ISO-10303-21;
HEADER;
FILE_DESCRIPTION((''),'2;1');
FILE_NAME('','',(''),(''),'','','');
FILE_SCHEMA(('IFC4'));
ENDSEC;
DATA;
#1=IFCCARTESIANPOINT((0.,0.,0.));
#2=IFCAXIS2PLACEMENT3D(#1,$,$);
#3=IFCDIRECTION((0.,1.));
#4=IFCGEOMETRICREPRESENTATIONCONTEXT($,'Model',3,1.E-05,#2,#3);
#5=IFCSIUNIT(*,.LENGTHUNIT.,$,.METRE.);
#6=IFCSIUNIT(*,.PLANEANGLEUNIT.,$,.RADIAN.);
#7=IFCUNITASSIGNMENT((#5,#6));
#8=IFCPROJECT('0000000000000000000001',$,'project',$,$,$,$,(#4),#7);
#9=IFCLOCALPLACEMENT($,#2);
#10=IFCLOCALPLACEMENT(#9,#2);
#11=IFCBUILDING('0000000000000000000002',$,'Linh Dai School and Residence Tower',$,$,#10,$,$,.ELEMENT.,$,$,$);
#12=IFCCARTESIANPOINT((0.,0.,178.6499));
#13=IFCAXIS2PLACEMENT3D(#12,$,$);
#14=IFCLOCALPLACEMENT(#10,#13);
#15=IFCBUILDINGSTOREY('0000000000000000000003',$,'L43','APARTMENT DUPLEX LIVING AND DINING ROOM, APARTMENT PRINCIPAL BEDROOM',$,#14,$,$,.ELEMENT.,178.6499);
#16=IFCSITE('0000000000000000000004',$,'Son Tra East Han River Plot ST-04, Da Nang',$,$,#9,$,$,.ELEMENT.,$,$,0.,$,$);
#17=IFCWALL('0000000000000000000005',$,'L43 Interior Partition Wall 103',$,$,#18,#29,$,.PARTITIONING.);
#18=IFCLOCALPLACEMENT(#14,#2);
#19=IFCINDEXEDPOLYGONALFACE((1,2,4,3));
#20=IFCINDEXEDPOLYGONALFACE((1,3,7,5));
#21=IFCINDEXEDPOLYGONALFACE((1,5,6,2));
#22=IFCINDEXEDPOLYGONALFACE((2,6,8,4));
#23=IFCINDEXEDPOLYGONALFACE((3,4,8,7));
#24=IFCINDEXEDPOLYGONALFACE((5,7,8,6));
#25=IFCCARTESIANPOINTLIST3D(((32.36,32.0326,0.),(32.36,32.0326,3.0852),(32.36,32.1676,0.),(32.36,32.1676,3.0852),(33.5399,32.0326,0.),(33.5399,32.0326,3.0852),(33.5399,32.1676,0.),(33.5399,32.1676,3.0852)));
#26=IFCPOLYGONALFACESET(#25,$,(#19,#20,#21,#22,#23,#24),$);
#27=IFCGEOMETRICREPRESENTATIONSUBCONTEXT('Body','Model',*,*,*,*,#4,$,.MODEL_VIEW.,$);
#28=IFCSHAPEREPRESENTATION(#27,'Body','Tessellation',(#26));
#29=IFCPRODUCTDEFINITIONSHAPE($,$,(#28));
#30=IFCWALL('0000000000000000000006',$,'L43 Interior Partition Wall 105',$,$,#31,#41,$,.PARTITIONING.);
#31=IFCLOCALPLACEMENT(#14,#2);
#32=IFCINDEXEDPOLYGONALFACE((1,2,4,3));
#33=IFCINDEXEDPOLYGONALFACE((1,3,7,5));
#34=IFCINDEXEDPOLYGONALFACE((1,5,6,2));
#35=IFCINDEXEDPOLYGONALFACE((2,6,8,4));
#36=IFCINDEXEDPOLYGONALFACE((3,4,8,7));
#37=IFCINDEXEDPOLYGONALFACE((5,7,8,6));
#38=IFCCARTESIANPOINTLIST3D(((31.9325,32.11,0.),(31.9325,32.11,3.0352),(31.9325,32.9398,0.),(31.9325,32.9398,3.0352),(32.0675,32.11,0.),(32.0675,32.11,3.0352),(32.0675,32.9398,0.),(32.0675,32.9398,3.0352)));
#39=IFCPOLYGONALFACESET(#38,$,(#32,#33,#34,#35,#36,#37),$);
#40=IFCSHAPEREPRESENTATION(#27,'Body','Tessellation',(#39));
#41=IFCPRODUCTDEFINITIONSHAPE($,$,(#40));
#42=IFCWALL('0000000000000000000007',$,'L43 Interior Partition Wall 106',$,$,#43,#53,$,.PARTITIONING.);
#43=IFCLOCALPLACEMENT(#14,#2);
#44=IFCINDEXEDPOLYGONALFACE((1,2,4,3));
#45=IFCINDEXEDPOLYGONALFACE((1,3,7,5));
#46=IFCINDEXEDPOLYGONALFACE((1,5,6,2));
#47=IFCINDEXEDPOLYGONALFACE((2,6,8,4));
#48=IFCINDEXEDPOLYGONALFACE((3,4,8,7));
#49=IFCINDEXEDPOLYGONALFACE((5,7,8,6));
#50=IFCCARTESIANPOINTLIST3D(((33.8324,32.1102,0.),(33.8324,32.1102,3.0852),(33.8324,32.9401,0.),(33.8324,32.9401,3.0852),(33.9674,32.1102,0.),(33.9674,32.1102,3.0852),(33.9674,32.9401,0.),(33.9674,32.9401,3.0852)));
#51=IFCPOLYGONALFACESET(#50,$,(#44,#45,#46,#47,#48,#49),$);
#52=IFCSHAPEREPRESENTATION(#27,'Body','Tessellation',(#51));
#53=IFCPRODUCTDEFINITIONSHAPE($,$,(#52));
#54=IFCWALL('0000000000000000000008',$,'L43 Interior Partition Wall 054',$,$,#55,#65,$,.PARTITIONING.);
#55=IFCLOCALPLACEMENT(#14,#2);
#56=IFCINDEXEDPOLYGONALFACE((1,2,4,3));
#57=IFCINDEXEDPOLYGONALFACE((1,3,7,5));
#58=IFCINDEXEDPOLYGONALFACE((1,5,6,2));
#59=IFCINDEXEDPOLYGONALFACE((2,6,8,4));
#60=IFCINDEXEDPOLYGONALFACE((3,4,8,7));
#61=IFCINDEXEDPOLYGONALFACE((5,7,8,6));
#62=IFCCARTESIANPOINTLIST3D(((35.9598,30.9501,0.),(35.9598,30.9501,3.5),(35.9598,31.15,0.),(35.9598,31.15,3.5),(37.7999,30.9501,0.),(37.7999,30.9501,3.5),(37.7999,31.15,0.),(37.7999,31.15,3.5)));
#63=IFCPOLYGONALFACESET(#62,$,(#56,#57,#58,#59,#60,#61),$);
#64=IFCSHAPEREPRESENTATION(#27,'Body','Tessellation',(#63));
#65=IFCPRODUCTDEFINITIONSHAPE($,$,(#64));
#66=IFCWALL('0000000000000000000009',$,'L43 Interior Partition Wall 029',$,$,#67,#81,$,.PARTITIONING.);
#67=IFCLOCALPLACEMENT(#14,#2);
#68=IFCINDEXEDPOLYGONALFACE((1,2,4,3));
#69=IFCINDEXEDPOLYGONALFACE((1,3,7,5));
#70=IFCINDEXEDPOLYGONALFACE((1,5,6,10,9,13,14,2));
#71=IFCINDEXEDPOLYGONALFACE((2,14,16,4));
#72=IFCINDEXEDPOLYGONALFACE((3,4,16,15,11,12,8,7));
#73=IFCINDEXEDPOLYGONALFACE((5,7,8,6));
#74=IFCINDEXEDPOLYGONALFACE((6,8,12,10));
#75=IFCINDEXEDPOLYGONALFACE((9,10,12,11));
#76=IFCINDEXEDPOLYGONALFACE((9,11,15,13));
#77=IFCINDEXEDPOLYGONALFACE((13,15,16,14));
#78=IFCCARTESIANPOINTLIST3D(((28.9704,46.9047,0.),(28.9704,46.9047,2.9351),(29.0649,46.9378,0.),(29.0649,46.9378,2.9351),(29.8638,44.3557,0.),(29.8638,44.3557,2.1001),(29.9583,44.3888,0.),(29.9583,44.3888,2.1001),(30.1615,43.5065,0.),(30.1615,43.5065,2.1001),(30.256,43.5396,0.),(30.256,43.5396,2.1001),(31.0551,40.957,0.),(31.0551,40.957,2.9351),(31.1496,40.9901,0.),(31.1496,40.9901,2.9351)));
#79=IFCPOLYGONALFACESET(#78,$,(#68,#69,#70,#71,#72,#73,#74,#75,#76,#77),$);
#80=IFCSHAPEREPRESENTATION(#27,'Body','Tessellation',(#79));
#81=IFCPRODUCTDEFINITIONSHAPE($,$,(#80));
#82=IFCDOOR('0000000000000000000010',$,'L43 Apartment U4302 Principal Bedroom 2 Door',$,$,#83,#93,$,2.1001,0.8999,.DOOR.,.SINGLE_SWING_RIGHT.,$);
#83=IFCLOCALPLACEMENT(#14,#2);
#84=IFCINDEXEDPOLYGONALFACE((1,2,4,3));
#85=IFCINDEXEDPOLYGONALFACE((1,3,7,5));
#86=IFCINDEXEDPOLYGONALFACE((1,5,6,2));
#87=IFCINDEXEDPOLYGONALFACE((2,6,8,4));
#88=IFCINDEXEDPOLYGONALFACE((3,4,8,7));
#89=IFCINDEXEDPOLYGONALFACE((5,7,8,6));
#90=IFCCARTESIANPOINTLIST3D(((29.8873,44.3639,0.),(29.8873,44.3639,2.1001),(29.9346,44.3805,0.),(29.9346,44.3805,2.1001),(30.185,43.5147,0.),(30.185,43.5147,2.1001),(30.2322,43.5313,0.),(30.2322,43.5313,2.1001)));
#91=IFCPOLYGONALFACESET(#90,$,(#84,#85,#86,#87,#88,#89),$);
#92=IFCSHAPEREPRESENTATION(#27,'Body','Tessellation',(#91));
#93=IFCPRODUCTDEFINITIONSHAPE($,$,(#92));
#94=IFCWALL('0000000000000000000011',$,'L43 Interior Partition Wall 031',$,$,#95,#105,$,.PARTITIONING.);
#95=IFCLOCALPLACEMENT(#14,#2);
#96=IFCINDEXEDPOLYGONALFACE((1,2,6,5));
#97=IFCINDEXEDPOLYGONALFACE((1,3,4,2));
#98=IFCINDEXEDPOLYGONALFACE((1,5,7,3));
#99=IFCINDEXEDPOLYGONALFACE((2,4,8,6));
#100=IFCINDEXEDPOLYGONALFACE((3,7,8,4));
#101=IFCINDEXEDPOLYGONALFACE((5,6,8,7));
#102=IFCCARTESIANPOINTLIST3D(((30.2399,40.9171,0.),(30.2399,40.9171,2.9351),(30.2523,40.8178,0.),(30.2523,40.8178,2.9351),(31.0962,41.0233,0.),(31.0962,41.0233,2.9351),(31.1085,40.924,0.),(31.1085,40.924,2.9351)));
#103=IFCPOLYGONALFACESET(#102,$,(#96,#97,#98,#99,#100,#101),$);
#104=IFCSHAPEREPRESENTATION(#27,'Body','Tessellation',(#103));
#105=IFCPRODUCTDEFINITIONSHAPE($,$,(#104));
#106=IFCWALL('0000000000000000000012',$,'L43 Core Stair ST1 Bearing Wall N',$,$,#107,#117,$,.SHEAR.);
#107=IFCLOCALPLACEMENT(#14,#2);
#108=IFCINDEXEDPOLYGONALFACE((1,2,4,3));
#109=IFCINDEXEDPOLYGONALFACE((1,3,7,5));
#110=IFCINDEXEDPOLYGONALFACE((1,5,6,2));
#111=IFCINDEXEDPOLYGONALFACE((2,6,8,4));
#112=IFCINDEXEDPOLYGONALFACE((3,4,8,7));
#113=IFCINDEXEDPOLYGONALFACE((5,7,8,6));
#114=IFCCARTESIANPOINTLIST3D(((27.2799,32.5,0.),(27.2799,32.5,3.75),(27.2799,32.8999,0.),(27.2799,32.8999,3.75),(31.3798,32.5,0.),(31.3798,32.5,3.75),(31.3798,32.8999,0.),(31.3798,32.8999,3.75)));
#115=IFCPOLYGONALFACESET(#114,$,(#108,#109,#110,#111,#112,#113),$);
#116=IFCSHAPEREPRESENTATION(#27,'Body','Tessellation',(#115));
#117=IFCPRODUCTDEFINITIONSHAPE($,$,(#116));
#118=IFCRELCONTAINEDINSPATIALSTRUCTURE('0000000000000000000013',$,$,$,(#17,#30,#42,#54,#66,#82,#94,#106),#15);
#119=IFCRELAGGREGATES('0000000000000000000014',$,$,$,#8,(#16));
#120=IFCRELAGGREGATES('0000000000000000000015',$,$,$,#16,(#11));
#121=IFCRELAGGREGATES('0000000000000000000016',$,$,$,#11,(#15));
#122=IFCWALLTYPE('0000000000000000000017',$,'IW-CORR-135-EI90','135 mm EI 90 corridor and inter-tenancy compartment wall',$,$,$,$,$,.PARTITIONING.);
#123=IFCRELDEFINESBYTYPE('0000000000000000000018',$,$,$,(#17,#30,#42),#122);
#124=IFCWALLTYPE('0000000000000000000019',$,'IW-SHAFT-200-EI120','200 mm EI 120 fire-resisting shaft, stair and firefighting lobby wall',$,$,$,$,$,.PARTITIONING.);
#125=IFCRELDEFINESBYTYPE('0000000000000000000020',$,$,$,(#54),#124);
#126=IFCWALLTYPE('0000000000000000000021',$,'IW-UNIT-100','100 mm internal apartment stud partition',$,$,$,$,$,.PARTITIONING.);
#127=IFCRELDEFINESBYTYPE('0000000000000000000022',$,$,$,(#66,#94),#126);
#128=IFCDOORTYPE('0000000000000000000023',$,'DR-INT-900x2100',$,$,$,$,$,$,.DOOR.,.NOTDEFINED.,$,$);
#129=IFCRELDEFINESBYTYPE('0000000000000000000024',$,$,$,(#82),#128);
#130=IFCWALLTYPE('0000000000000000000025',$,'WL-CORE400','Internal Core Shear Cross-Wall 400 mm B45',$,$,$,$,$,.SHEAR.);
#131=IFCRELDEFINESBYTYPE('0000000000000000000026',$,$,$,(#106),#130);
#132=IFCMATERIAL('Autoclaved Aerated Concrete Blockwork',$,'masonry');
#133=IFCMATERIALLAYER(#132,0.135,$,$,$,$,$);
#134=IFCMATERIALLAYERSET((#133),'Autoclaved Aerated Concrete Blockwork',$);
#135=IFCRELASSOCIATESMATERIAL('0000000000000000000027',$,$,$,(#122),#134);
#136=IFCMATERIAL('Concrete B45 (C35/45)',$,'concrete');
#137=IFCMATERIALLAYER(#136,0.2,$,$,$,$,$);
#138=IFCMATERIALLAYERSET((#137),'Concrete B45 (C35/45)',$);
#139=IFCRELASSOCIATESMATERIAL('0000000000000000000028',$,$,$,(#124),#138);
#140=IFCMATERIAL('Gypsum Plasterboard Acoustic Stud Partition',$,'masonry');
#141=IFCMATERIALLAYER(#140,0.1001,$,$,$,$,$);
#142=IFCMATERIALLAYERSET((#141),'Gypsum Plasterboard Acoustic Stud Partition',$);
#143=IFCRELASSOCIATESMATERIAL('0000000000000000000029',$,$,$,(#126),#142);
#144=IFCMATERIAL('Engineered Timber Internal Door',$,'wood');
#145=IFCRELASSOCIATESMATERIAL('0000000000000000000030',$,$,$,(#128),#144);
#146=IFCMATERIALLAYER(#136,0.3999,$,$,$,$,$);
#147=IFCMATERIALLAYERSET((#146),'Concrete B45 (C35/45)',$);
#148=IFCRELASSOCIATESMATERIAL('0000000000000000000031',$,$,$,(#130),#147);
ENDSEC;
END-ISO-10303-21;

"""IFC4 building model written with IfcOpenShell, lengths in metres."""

from ifc_helpers import new_model, si_unit, direction, frame, frame_2d, origin, origin_2d, place, context, subcontext, project, spatial, rectangle, extrude, source, transform, mapped, material, layer, layer_set, type_object, element, fill, save


model = new_model("IFC4")

# Units and contexts
model_context = context("Model", 3, precision=1e-05, world=origin(), true_north=direction((0.0, 1.0)))
body_context = subcontext(model_context, "Body", "Model", "MODEL_VIEW")
ifc_project = project(units=[si_unit("LENGTHUNIT", "METRE"), si_unit("PLANEANGLEUNIT", "RADIAN")], contexts=[model_context])

# Site, building, storey
site_placement = place(None, origin())
site = spatial("IfcSite", under=ifc_project, at=site_placement, Name="Son Tra East Han River Plot ST-04, Da Nang", CompositionType="ELEMENT", RefElevation=0.0)
building_placement = place(site_placement, origin())
building = spatial("IfcBuilding", under=site, at=building_placement, Name="Linh Dai School and Residence Tower", CompositionType="ELEMENT")
storey_placement = place(building_placement, frame((0.0, 0.0, 178.6499)))
storey = spatial("IfcBuildingStorey", under=building, at=storey_placement, Name="L43", Description="APARTMENT DUPLEX LIVING AND DINING ROOM, APARTMENT PRINCIPAL BEDROOM", CompositionType="ELEMENT", Elevation=178.6499)

# Walls
ifc_material_1 = material(Name="Autoclaved Aerated Concrete Blockwork", Category="masonry")
ifc_layer_1 = layer(ifc_material_1, 0.135)
ifc_layer_set_1 = layer_set([ifc_layer_1], Name="Autoclaved Aerated Concrete Blockwork")
wall_type_1 = type_object("IfcWallType", Name="IW-CORR-135-EI90", Description="135 mm EI 90 corridor and inter-tenancy compartment wall", PredefinedType="PARTITIONING", material=ifc_layer_set_1)
wall_1_placement = place(storey_placement, frame((32.3601, 32.1001, 0.0), z_axis=(0.0, 0.0, 1.0), x_axis=(1.0, 0.0, 0.0)))
element("IfcWall", 1, at=wall_1_placement, inside=storey, type_object=wall_type_1, Name="L43 Interior Partition Wall 103", PredefinedType="PARTITIONING", context=body_context, shape_type="SweptSolid", body=[
    extrude(rectangle(XDim=1.1799, YDim=0.135, at=frame_2d((0.5898, 0.0))), origin(), (0.0, 0.0, 1.0), 3.0852),
])
wall_2_placement = place(storey_placement, frame((32.0, 32.9399, 0.0), z_axis=(0.0, 0.0, 1.0), x_axis=(0.0, -1.0, 0.0)))
element("IfcWall", 2, at=wall_2_placement, inside=storey, type_object=wall_type_1, Name="L43 Interior Partition Wall 105", PredefinedType="PARTITIONING", context=body_context, shape_type="SweptSolid", body=[
    extrude(rectangle(XDim=0.8298, YDim=0.135, at=frame_2d((0.415, 0.0))), origin(), (0.0, 0.0, 1.0), 3.0352),
])
wall_3_placement = place(storey_placement, frame((33.8999, 32.1101, 0.0), z_axis=(0.0, 0.0, 1.0), x_axis=(0.0, 1.0, 0.0)))
element("IfcWall", 3, at=wall_3_placement, inside=storey, type_object=wall_type_1, Name="L43 Interior Partition Wall 106", PredefinedType="PARTITIONING", context=body_context, shape_type="SweptSolid", body=[
    extrude(rectangle(XDim=0.8298, YDim=0.135, at=frame_2d((0.415, 0.0))), origin(), (0.0, 0.0, 1.0), 3.0852),
])
ifc_material_2 = material(Name="Concrete B45 (C35/45)", Category="concrete")
ifc_layer_2 = layer(ifc_material_2, 0.2)
ifc_layer_set_2 = layer_set([ifc_layer_2], Name="Concrete B45 (C35/45)")
wall_type_2 = type_object("IfcWallType", Name="IW-SHAFT-200-EI120", Description="200 mm EI 120 fire-resisting shaft, stair and firefighting lobby wall", PredefinedType="PARTITIONING", material=ifc_layer_set_2)
wall_4_placement = place(storey_placement, frame((35.96, 31.05, 0.0), z_axis=(0.0, 0.0, 1.0), x_axis=(1.0, 0.0, 0.0)))
element("IfcWall", 4, at=wall_4_placement, inside=storey, type_object=wall_type_2, Name="L43 Interior Partition Wall 054", PredefinedType="PARTITIONING", context=body_context, shape_type="SweptSolid", body=[
    extrude(rectangle(XDim=1.8401, YDim=0.2, at=frame_2d((0.9199, 0.0))), origin(), (0.0, 0.0, 1.0), 3.5),
])

# Wall, opening, door
ifc_material_3 = material(Name="Gypsum Plasterboard Acoustic Stud Partition", Category="masonry")
ifc_layer_3 = layer(ifc_material_3, 0.1001)
ifc_layer_set_3 = layer_set([ifc_layer_3], Name="Gypsum Plasterboard Acoustic Stud Partition")
wall_type_3 = type_object("IfcWallType", Name="IW-UNIT-100", Description="100 mm internal apartment stud partition", PredefinedType="PARTITIONING", material=ifc_layer_set_3)
wall_5_placement = place(storey_placement, frame((29.0176, 46.9214, 0.0), z_axis=(0.0, 0.0, 1.0), x_axis=(0.330775, -0.94371, 0.0)))
wall_5 = element("IfcWall", 5, at=wall_5_placement, inside=storey, type_object=wall_type_3, Name="L43 Interior Partition Wall 029", PredefinedType="PARTITIONING", context=body_context, shape_type="SweptSolid", body=[
    extrude(rectangle(XDim=6.3025, YDim=0.1001, at=frame_2d((3.1514, 0.0))), origin(), (0.0, 0.0, 1.0), 2.9351),
])
opening_1_placement = place(wall_5_placement, frame((2.7012, 0.0, 0.0)))
opening_1 = element("IfcOpeningElement", 6, at=opening_1_placement, cuts=wall_5, PredefinedType="OPENING", context=body_context, shape_type="SweptSolid", body=[
    extrude(rectangle(XDim=0.8999, YDim=2.1001, at=origin_2d()), frame((0.45, 0.0601, 1.05), z_axis=(0.0, -1.0, 0.0), x_axis=(1.0, 0.0, 0.0)), (0.0, 0.0, 1.0), 0.1201),
])
ifc_material_4 = material(Name="Engineered Timber Internal Door", Category="wood")
door_type = type_object("IfcDoorType", Name="DR-INT-900x2100", OperationType="NOTDEFINED", PredefinedType="DOOR", material=ifc_material_4)
shared_shape_1 = source(origin(), body_context, "Body", "SweptSolid", [
    extrude(rectangle(XDim=0.8999, YDim=2.1001, at=origin_2d()), frame((0.45, 0.0249, 1.05), z_axis=(0.0, -1.0, 0.0), x_axis=(1.0, 0.0, 0.0)), (0.0, 0.0, 1.0), 0.05),
])
door_placement = place(opening_1_placement, origin())
door = element("IfcDoor", 7, at=door_placement, inside=storey, type_object=door_type, Name="L43 Apartment U4302 Principal Bedroom 2 Door", OperationType="SINGLE_SWING_RIGHT", OverallHeight=2.1001, OverallWidth=0.8999, PredefinedType="DOOR", context=body_context, shape_type="MappedRepresentation", body=[
    mapped(shared_shape_1, transform((0.0, 0.0, 0.0), x_axis=(1.0, 0.0, 0.0), y_axis=(0.0, 1.0, 0.0), z_axis=(0.0, 0.0, 1.0), scale=1.0)),
])
fill(opening_1, door)

# Walls
wall_6_placement = place(storey_placement, frame((30.2461, 40.8674, 0.0), z_axis=(0.0, 0.0, 1.0), x_axis=(0.992395, 0.123094, 0.0)))
element("IfcWall", 8, at=wall_6_placement, inside=storey, type_object=wall_type_3, Name="L43 Interior Partition Wall 031", PredefinedType="PARTITIONING", context=body_context, shape_type="SweptSolid", body=[
    extrude(rectangle(XDim=0.8628, YDim=0.1001, at=frame_2d((0.4314, 0.0))), origin(), (0.0, 0.0, 1.0), 2.9351),
])
ifc_layer_4 = layer(ifc_material_2, 0.3999)
ifc_layer_set_4 = layer_set([ifc_layer_4], Name="Concrete B45 (C35/45)")
wall_type_4 = type_object("IfcWallType", Name="WL-CORE400", Description="Internal Core Shear Cross-Wall 400 mm B45", PredefinedType="SHEAR", material=ifc_layer_set_4)
wall_7_placement = place(storey_placement, frame((27.28, 32.7, 0.0), z_axis=(0.0, 0.0, 1.0), x_axis=(1.0, 0.0, 0.0)))
element("IfcWall", 9, at=wall_7_placement, inside=storey, type_object=wall_type_4, Name="L43 Core Stair ST1 Bearing Wall N", PredefinedType="SHEAR", context=body_context, shape_type="SweptSolid", body=[
    extrude(rectangle(XDim=4.0999, YDim=0.3999, at=frame_2d((2.0498, 0.0))), origin(), (0.0, 0.0, 1.0), 3.75),
])

save(model, "model.ifc")
